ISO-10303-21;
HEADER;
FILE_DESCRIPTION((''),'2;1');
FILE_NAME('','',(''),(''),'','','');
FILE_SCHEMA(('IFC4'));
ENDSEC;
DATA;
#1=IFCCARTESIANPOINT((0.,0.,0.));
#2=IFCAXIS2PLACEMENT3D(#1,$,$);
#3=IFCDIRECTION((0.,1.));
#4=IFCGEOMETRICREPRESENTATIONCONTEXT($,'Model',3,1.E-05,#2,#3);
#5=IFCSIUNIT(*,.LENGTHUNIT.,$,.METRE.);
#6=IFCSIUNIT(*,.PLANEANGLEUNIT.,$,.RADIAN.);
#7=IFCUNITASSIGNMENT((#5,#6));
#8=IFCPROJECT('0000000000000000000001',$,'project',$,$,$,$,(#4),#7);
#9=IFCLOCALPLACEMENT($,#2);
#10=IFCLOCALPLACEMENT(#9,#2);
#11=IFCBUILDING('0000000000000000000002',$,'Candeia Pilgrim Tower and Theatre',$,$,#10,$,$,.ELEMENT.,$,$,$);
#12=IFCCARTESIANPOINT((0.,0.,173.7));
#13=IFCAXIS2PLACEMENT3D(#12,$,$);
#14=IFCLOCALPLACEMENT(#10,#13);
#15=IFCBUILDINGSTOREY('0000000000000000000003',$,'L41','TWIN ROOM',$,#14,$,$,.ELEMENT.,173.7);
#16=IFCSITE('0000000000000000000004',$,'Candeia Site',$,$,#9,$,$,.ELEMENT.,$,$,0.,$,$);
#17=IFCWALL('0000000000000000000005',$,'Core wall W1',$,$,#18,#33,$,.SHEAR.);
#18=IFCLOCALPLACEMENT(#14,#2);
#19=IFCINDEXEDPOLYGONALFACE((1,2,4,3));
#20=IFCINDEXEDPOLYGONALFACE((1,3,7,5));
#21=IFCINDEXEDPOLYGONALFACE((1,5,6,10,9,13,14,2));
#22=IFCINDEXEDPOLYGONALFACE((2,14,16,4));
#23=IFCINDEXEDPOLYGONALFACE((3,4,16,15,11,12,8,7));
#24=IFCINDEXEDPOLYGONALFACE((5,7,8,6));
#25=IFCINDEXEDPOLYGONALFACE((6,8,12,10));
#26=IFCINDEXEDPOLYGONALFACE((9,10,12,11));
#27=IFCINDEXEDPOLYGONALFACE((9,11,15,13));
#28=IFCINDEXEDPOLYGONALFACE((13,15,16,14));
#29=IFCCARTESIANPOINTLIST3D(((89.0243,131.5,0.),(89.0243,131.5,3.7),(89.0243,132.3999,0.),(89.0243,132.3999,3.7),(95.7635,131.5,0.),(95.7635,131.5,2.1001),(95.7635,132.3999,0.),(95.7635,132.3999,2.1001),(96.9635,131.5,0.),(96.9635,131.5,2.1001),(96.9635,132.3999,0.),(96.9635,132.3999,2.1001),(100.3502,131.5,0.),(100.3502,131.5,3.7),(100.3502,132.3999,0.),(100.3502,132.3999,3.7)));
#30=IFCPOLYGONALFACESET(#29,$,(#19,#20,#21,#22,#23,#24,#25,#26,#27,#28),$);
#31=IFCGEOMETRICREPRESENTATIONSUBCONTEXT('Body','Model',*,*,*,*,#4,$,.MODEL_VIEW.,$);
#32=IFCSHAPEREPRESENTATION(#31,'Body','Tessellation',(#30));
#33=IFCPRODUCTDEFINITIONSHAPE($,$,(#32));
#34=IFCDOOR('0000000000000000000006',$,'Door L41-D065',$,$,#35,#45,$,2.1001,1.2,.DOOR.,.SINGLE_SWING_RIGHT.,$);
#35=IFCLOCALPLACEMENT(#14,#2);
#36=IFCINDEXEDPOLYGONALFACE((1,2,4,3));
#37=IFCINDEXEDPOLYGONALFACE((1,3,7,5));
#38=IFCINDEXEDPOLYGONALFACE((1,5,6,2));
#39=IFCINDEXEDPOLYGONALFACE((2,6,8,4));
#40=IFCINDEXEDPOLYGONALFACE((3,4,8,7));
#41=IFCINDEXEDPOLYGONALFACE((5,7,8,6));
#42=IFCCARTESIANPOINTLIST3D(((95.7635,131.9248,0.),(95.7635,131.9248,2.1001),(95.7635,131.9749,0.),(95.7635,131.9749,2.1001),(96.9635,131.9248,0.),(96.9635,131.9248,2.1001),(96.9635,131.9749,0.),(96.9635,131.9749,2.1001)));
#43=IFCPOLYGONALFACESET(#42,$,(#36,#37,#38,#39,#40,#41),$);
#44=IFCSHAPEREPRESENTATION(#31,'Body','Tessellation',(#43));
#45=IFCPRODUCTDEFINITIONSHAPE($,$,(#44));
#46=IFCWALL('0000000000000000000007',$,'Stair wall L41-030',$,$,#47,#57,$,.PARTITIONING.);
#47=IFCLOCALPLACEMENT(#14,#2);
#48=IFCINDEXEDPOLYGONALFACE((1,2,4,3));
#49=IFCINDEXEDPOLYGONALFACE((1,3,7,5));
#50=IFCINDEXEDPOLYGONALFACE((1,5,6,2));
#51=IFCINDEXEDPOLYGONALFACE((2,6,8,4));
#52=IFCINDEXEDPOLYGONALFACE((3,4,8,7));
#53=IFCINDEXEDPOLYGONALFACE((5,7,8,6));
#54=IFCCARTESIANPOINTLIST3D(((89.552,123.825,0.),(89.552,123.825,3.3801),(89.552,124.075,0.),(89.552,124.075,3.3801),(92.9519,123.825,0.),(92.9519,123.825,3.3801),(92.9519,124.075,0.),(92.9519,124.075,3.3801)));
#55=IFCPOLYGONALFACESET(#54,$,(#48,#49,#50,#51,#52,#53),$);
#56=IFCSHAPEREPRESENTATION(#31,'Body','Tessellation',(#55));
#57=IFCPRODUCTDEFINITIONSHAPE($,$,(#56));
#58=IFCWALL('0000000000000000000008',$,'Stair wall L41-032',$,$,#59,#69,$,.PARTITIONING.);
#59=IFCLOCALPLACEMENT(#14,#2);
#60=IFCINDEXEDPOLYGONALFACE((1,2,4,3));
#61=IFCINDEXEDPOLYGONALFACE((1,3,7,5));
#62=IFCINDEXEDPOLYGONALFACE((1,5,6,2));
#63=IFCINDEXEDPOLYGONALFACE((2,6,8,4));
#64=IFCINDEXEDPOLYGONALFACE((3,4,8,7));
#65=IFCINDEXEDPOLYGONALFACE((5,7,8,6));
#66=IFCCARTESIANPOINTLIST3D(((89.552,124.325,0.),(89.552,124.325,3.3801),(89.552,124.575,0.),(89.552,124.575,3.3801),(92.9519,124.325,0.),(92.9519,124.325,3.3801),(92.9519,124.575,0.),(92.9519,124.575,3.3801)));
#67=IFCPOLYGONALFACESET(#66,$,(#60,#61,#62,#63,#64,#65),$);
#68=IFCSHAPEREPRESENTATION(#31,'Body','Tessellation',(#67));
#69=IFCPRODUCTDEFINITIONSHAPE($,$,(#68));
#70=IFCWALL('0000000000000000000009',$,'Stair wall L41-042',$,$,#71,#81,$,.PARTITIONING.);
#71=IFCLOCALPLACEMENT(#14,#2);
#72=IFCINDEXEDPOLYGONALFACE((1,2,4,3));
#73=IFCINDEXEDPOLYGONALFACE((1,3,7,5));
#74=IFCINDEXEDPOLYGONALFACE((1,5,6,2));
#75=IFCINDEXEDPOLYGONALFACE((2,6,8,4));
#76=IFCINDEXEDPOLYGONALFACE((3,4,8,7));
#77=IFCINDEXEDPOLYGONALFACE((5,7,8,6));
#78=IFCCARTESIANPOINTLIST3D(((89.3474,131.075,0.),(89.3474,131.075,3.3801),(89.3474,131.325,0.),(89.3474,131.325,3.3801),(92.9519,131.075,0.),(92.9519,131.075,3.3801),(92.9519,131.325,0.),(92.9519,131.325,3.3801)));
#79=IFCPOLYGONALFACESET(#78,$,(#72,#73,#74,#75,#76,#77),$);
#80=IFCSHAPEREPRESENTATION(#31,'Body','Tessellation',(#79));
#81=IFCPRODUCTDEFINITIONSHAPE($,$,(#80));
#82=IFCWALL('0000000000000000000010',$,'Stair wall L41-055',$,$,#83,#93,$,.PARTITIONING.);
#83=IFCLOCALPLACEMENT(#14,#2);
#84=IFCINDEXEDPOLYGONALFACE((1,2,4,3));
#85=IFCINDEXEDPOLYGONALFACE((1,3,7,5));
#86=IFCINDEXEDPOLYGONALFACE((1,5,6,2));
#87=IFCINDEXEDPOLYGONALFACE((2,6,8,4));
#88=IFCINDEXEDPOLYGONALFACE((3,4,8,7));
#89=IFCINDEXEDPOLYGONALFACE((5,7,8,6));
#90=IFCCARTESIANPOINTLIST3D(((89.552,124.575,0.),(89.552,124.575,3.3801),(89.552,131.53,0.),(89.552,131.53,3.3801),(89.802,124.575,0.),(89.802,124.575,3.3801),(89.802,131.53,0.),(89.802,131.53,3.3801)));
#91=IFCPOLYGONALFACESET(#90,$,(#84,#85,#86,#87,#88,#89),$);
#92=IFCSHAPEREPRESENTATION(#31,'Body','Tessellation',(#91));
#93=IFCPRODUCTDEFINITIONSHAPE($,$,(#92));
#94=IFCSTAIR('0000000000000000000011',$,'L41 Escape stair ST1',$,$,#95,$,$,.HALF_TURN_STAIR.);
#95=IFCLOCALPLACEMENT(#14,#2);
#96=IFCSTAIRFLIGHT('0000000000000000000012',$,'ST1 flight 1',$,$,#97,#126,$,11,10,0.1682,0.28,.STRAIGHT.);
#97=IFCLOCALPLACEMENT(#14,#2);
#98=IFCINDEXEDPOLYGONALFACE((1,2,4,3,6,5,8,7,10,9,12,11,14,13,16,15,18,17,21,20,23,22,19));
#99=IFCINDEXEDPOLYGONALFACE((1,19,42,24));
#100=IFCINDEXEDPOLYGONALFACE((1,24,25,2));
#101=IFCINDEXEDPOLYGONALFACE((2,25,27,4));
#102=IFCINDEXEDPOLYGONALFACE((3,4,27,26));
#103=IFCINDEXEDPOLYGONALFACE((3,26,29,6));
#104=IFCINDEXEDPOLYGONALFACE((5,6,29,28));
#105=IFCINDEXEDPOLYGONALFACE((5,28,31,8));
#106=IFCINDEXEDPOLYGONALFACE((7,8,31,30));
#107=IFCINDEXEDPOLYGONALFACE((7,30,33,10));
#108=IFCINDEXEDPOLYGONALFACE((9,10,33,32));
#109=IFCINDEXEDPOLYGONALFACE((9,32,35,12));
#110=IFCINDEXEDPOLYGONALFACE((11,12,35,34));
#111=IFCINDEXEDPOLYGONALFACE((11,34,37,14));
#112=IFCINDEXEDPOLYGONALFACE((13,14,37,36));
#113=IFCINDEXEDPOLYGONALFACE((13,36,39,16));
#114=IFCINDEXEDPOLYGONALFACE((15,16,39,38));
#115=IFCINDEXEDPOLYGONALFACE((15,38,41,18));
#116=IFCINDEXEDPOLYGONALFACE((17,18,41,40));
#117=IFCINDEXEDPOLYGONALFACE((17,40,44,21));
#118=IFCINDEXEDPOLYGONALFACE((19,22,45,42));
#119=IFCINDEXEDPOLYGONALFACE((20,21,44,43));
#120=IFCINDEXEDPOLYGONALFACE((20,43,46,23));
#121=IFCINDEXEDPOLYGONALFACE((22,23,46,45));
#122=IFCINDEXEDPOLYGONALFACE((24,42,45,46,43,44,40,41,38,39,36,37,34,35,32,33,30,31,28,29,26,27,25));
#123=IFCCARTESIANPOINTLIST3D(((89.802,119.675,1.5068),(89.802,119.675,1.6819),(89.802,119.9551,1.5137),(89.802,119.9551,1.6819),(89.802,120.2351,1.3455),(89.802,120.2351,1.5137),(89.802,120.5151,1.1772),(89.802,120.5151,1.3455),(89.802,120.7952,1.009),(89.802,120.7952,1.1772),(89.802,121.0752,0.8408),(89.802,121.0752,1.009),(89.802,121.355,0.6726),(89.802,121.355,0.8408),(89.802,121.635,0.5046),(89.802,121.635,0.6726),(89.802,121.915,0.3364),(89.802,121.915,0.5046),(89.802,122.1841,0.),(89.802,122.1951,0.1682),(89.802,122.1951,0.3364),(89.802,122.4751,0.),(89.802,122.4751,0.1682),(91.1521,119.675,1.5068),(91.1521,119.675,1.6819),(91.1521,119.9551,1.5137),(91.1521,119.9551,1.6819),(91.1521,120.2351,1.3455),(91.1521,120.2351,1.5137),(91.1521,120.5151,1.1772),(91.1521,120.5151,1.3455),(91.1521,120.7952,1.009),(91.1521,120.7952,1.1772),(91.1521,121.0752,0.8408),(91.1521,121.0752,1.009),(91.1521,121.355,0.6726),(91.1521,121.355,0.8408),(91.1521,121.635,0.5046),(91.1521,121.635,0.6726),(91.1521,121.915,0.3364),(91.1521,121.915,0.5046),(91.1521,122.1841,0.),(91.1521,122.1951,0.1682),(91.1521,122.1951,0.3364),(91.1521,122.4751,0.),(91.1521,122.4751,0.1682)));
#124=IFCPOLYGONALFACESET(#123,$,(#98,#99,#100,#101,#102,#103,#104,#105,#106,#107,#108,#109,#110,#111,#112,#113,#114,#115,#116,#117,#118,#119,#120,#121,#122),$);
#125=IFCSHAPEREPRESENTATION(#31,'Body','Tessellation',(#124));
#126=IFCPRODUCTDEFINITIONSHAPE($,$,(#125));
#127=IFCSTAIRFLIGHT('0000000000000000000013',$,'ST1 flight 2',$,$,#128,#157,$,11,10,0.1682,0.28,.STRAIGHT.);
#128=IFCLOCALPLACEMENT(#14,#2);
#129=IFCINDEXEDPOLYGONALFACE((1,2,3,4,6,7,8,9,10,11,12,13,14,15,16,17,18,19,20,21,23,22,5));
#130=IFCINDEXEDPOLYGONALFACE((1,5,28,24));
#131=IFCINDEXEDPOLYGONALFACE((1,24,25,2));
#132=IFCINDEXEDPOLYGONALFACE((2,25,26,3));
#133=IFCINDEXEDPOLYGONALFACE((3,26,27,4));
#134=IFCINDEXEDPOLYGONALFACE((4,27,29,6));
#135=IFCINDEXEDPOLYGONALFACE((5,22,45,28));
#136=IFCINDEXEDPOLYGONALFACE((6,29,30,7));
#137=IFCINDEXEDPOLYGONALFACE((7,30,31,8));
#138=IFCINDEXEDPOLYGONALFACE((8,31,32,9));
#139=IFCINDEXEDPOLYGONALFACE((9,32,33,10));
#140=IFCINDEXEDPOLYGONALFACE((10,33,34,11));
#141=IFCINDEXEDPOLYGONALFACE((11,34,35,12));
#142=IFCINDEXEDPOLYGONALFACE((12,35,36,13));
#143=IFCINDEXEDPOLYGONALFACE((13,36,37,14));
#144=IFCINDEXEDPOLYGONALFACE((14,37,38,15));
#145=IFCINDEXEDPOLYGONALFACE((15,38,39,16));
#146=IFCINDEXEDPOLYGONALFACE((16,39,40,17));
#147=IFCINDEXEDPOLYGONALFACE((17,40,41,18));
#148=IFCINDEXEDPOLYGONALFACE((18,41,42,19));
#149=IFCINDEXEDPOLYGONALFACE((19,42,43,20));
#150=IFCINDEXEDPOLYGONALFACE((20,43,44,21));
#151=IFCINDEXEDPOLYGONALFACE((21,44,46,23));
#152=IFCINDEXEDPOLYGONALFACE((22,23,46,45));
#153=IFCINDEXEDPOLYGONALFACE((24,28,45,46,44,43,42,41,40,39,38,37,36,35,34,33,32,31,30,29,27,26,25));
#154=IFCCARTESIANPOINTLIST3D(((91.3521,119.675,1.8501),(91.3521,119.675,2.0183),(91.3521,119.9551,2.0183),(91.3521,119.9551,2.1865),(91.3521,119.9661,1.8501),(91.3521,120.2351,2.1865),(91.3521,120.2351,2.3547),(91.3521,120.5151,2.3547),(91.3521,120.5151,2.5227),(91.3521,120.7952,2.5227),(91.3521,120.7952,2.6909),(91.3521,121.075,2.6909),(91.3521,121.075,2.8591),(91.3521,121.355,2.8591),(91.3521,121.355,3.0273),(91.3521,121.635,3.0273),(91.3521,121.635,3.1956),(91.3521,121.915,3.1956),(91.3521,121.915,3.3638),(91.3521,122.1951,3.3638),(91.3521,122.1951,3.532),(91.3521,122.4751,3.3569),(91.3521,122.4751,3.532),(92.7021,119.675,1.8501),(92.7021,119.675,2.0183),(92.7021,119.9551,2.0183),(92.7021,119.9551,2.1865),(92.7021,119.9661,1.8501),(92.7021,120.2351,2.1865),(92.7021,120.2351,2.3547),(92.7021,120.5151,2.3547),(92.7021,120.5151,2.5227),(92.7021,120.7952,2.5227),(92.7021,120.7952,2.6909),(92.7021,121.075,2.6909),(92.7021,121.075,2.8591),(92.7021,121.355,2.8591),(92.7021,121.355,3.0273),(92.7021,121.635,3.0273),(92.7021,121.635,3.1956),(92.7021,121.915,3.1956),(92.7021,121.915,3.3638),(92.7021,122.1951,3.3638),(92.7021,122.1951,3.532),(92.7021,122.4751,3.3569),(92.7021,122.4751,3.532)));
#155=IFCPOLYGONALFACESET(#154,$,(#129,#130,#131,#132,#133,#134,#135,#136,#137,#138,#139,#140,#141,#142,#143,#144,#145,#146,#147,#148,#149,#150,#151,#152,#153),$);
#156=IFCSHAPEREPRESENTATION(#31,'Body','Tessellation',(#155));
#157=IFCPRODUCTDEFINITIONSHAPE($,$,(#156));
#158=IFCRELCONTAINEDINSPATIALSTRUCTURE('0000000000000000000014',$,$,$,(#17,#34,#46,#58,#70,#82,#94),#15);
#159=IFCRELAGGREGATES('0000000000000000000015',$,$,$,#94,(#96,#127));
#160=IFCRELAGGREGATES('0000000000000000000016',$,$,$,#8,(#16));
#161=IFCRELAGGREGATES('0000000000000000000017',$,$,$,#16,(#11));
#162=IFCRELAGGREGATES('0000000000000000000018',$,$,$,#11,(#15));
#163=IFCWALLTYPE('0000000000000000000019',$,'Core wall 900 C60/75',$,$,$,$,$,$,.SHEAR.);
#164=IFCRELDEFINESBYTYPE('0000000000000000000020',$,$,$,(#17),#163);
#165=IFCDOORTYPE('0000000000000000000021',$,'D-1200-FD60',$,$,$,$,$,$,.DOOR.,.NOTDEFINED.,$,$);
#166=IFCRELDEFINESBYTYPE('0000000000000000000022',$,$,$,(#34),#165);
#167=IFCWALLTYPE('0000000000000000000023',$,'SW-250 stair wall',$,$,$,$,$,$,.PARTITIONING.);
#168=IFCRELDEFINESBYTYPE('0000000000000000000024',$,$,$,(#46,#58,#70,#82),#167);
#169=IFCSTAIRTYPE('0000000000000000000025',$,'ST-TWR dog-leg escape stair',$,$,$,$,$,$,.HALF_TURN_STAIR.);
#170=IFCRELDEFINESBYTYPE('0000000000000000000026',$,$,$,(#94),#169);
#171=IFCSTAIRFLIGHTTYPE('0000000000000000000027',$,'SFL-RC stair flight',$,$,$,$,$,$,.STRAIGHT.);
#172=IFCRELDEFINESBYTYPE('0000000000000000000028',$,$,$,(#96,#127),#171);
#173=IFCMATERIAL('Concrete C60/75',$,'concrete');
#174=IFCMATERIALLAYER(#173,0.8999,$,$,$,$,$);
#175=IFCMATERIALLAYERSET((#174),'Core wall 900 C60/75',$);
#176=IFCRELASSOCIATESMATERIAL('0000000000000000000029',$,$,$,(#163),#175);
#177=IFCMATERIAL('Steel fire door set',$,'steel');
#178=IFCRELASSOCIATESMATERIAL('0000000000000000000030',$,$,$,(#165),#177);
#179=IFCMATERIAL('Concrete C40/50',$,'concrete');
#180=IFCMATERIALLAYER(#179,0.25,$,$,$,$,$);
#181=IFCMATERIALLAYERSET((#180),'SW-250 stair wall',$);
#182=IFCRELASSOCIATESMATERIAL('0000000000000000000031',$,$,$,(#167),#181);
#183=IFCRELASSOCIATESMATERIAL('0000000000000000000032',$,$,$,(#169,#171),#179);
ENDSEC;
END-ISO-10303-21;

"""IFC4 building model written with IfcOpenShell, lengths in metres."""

from ifc_helpers import new_model, si_unit, direction, frame, frame_2d, origin, place, context, subcontext, project, spatial, polyline, rectangle, outline, extrude, material, layer, layer_set, type_object, element, fill, aggregate, save


model = new_model("IFC4")

# Units and contexts
model_context = context("Model", 3, precision=1e-05, world=origin(), true_north=direction((0.0, 1.0)))
body_context = subcontext(model_context, "Body", "Model", "MODEL_VIEW")
ifc_project = project(units=[si_unit("LENGTHUNIT", "METRE"), si_unit("PLANEANGLEUNIT", "RADIAN")], contexts=[model_context])

# Site, building, storey
site_placement = place(None, origin())
site = spatial("IfcSite", under=ifc_project, at=site_placement, Name="Candeia Site", CompositionType="ELEMENT", RefElevation=0.0)
building_placement = place(site_placement, origin())
building = spatial("IfcBuilding", under=site, at=building_placement, Name="Candeia Pilgrim Tower and Theatre", CompositionType="ELEMENT")
storey_placement = place(building_placement, frame((0.0, 0.0, 173.7)))
storey = spatial("IfcBuildingStorey", under=building, at=storey_placement, Name="L41", Description="TWIN ROOM", CompositionType="ELEMENT", Elevation=173.7)

# Wall, opening, door
ifc_material_1 = material(Name="Concrete C60/75", Category="concrete")
ifc_layer_1 = layer(ifc_material_1, 0.8999)
ifc_layer_set_1 = layer_set([ifc_layer_1], Name="Core wall 900 C60/75")
wall_type_1 = type_object("IfcWallType", Name="Core wall 900 C60/75", PredefinedType="SHEAR", material=ifc_layer_set_1)
wall_1_placement = place(storey_placement, frame((89.0242, 131.95, 0.0), z_axis=(0.0, 0.0, 1.0), x_axis=(1.0, 0.0, 0.0)))
wall_1 = element("IfcWall", 1, at=wall_1_placement, inside=storey, type_object=wall_type_1, Name="Core wall W1", PredefinedType="SHEAR", context=body_context, shape_type="SweptSolid", body=[
    extrude(rectangle(XDim=11.3259, YDim=0.8999, at=frame_2d((5.6631, 0.0))), origin(), (0.0, 0.0, 1.0), 3.7),
])
opening_placement = place(wall_1_placement, frame((6.7393, 0.0, 0.0)))
opening = element("IfcOpeningElement", 2, at=opening_placement, cuts=wall_1, PredefinedType="OPENING", context=body_context, shape_type="SweptSolid", body=[
    extrude(rectangle(XDim=1.2, YDim=2.1001, at=frame_2d((0.6001, 1.05))), frame((0.0, 0.46, 0.0), z_axis=(0.0, -1.0, 0.0), x_axis=(1.0, 0.0, 0.0)), (0.0, 0.0, 1.0), 0.9199),
])
ifc_material_2 = material(Name="Steel fire door set", Category="steel")
door_type = type_object("IfcDoorType", Name="D-1200-FD60", OperationType="NOTDEFINED", PredefinedType="DOOR", material=ifc_material_2)
door_placement = place(opening_placement, origin())
door = element("IfcDoor", 3, at=door_placement, inside=storey, type_object=door_type, Name="Door L41-D065", OperationType="SINGLE_SWING_RIGHT", OverallHeight=2.1001, OverallWidth=1.2, PredefinedType="DOOR", context=body_context, shape_type="SweptSolid", body=[
    extrude(rectangle(XDim=1.2, YDim=2.1001, at=frame_2d((0.6001, 1.05))), frame((0.0, 0.0249, 0.0), z_axis=(0.0, -1.0, 0.0), x_axis=(1.0, 0.0, 0.0)), (0.0, 0.0, 1.0), 0.05),
])
fill(opening, door)

# Walls
ifc_material_3 = material(Name="Concrete C40/50", Category="concrete")
ifc_layer_2 = layer(ifc_material_3, 0.25)
ifc_layer_set_2 = layer_set([ifc_layer_2], Name="SW-250 stair wall")
wall_type_2 = type_object("IfcWallType", Name="SW-250 stair wall", PredefinedType="PARTITIONING", material=ifc_layer_set_2)
for number, where, z_axis, x_axis, name in (
    (4, (89.552, 123.95, 0.0), (0.0, 0.0, 1.0), (1.0, 0.0, 0.0), "Stair wall L41-030"),
    (5, (89.552, 124.45, 0.0), (0.0, 0.0, 1.0), (1.0, 0.0, 0.0), "Stair wall L41-032"),
):
    element("IfcWall", number, at=place(storey_placement, frame(where, z_axis=z_axis, x_axis=x_axis)), inside=storey, type_object=wall_type_2, Name=name, PredefinedType="PARTITIONING", context=body_context, shape_type="SweptSolid", body=[
        extrude(rectangle(XDim=3.3999, YDim=0.25, at=frame_2d((1.7, 0.0))), origin(), (0.0, 0.0, 1.0), 3.3801),
    ])
wall_2_placement = place(storey_placement, frame((89.3474, 131.2, 0.0), z_axis=(0.0, 0.0, 1.0), x_axis=(1.0, 0.0, 0.0)))
element("IfcWall", 6, at=wall_2_placement, inside=storey, type_object=wall_type_2, Name="Stair wall L41-042", PredefinedType="PARTITIONING", context=body_context, shape_type="SweptSolid", body=[
    extrude(rectangle(XDim=3.6045, YDim=0.25, at=frame_2d((1.8022, 0.0))), origin(), (0.0, 0.0, 1.0), 3.3801),
])
wall_3_placement = place(storey_placement, frame((89.677, 124.575, 0.0), z_axis=(0.0, 0.0, 1.0), x_axis=(0.0, 1.0, 0.0)))
element("IfcWall", 7, at=wall_3_placement, inside=storey, type_object=wall_type_2, Name="Stair wall L41-055", PredefinedType="PARTITIONING", context=body_context, shape_type="SweptSolid", body=[
    extrude(rectangle(XDim=6.9551, YDim=0.25, at=frame_2d((3.4775, 0.0))), origin(), (0.0, 0.0, 1.0), 3.3801),
])

# Stair, stair flights
stair_type = type_object("IfcStairType", Name="ST-TWR dog-leg escape stair", PredefinedType="HALF_TURN_STAIR", material=ifc_material_3)
stair_1_placement = place(storey_placement, origin())
stair_1 = element("IfcStair", 8, at=stair_1_placement, inside=storey, type_object=stair_type, Name="L41 Escape stair ST1", PredefinedType="HALF_TURN_STAIR")
stair_flight_type = type_object("IfcStairFlightType", Name="SFL-RC stair flight", PredefinedType="STRAIGHT", material=ifc_material_3)
stair_flight_1_placement = place(storey_placement, frame((90.4771, 122.4751, 0.0), z_axis=(0.0, 0.0, 1.0), x_axis=(0.0, -1.0, 0.0)))
stair_flight_1 = element("IfcStairFlight", 9, at=stair_flight_1_placement, type_object=stair_flight_type, Name="ST1 flight 1", NumberOfRisers=11, NumberOfTreads=10, PredefinedType="STRAIGHT", RiserHeight=0.1682, TreadLength=0.28, context=body_context, shape_type="SweptSolid", body=[
    extrude(outline(polyline([(0.0, 0.0), (0.0, 0.1682), (0.28, 0.1682), (0.28, 0.3364), (0.5601, 0.3364), (0.5601, 0.5046), (0.8401, 0.5046), (0.8401, 0.6726), (1.1201, 0.6726), (1.1201, 0.8408), (1.3999, 0.8408), (1.3999, 1.009), (1.6799, 1.009), (1.6799, 1.1772), (1.96, 1.1772), (1.96, 1.3455), (2.24, 1.3455), (2.24, 1.5137), (2.52, 1.5137), (2.52, 1.6819), (2.8, 1.6819), (2.8, 1.8501), (2.8, 1.5068), (0.291, 0.0), (0.0, 0.0)])), frame((0.0, 0.675, 0.0), z_axis=(0.0, -1.0, 0.0), x_axis=(1.0, 0.0, 0.0)), (0.0, 0.0, 1.0), 1.3501),
])
stair_flight_2_placement = place(storey_placement, frame((92.0271, 119.675, 1.8501), z_axis=(0.0, 0.0, 1.0), x_axis=(0.0, 1.0, 0.0)))
stair_flight_2 = element("IfcStairFlight", 10, at=stair_flight_2_placement, type_object=stair_flight_type, Name="ST1 flight 2", NumberOfRisers=11, NumberOfTreads=10, PredefinedType="STRAIGHT", RiserHeight=0.1682, TreadLength=0.28, context=body_context, shape_type="SweptSolid", body=[
    extrude(outline(polyline([(0.0, 0.0), (0.0, 0.1682), (0.28, 0.1682), (0.28, 0.3364), (0.5601, 0.3364), (0.5601, 0.5046), (0.8401, 0.5046), (0.8401, 0.6726), (1.1201, 0.6726), (1.1201, 0.8408), (1.3999, 0.8408), (1.3999, 1.009), (1.6799, 1.009), (1.6799, 1.1772), (1.96, 1.1772), (1.96, 1.3455), (2.24, 1.3455), (2.24, 1.5137), (2.52, 1.5137), (2.52, 1.6819), (2.8, 1.6819), (2.8, 1.8501), (2.8, 1.5068), (0.291, 0.0), (0.0, 0.0)])), frame((0.0, 0.675, 0.0), z_axis=(0.0, -1.0, 0.0), x_axis=(1.0, 0.0, 0.0)), (0.0, 0.0, 1.0), 1.3501),
])
aggregate(stair_1, [stair_flight_1, stair_flight_2])

save(model, "model.ifc")
